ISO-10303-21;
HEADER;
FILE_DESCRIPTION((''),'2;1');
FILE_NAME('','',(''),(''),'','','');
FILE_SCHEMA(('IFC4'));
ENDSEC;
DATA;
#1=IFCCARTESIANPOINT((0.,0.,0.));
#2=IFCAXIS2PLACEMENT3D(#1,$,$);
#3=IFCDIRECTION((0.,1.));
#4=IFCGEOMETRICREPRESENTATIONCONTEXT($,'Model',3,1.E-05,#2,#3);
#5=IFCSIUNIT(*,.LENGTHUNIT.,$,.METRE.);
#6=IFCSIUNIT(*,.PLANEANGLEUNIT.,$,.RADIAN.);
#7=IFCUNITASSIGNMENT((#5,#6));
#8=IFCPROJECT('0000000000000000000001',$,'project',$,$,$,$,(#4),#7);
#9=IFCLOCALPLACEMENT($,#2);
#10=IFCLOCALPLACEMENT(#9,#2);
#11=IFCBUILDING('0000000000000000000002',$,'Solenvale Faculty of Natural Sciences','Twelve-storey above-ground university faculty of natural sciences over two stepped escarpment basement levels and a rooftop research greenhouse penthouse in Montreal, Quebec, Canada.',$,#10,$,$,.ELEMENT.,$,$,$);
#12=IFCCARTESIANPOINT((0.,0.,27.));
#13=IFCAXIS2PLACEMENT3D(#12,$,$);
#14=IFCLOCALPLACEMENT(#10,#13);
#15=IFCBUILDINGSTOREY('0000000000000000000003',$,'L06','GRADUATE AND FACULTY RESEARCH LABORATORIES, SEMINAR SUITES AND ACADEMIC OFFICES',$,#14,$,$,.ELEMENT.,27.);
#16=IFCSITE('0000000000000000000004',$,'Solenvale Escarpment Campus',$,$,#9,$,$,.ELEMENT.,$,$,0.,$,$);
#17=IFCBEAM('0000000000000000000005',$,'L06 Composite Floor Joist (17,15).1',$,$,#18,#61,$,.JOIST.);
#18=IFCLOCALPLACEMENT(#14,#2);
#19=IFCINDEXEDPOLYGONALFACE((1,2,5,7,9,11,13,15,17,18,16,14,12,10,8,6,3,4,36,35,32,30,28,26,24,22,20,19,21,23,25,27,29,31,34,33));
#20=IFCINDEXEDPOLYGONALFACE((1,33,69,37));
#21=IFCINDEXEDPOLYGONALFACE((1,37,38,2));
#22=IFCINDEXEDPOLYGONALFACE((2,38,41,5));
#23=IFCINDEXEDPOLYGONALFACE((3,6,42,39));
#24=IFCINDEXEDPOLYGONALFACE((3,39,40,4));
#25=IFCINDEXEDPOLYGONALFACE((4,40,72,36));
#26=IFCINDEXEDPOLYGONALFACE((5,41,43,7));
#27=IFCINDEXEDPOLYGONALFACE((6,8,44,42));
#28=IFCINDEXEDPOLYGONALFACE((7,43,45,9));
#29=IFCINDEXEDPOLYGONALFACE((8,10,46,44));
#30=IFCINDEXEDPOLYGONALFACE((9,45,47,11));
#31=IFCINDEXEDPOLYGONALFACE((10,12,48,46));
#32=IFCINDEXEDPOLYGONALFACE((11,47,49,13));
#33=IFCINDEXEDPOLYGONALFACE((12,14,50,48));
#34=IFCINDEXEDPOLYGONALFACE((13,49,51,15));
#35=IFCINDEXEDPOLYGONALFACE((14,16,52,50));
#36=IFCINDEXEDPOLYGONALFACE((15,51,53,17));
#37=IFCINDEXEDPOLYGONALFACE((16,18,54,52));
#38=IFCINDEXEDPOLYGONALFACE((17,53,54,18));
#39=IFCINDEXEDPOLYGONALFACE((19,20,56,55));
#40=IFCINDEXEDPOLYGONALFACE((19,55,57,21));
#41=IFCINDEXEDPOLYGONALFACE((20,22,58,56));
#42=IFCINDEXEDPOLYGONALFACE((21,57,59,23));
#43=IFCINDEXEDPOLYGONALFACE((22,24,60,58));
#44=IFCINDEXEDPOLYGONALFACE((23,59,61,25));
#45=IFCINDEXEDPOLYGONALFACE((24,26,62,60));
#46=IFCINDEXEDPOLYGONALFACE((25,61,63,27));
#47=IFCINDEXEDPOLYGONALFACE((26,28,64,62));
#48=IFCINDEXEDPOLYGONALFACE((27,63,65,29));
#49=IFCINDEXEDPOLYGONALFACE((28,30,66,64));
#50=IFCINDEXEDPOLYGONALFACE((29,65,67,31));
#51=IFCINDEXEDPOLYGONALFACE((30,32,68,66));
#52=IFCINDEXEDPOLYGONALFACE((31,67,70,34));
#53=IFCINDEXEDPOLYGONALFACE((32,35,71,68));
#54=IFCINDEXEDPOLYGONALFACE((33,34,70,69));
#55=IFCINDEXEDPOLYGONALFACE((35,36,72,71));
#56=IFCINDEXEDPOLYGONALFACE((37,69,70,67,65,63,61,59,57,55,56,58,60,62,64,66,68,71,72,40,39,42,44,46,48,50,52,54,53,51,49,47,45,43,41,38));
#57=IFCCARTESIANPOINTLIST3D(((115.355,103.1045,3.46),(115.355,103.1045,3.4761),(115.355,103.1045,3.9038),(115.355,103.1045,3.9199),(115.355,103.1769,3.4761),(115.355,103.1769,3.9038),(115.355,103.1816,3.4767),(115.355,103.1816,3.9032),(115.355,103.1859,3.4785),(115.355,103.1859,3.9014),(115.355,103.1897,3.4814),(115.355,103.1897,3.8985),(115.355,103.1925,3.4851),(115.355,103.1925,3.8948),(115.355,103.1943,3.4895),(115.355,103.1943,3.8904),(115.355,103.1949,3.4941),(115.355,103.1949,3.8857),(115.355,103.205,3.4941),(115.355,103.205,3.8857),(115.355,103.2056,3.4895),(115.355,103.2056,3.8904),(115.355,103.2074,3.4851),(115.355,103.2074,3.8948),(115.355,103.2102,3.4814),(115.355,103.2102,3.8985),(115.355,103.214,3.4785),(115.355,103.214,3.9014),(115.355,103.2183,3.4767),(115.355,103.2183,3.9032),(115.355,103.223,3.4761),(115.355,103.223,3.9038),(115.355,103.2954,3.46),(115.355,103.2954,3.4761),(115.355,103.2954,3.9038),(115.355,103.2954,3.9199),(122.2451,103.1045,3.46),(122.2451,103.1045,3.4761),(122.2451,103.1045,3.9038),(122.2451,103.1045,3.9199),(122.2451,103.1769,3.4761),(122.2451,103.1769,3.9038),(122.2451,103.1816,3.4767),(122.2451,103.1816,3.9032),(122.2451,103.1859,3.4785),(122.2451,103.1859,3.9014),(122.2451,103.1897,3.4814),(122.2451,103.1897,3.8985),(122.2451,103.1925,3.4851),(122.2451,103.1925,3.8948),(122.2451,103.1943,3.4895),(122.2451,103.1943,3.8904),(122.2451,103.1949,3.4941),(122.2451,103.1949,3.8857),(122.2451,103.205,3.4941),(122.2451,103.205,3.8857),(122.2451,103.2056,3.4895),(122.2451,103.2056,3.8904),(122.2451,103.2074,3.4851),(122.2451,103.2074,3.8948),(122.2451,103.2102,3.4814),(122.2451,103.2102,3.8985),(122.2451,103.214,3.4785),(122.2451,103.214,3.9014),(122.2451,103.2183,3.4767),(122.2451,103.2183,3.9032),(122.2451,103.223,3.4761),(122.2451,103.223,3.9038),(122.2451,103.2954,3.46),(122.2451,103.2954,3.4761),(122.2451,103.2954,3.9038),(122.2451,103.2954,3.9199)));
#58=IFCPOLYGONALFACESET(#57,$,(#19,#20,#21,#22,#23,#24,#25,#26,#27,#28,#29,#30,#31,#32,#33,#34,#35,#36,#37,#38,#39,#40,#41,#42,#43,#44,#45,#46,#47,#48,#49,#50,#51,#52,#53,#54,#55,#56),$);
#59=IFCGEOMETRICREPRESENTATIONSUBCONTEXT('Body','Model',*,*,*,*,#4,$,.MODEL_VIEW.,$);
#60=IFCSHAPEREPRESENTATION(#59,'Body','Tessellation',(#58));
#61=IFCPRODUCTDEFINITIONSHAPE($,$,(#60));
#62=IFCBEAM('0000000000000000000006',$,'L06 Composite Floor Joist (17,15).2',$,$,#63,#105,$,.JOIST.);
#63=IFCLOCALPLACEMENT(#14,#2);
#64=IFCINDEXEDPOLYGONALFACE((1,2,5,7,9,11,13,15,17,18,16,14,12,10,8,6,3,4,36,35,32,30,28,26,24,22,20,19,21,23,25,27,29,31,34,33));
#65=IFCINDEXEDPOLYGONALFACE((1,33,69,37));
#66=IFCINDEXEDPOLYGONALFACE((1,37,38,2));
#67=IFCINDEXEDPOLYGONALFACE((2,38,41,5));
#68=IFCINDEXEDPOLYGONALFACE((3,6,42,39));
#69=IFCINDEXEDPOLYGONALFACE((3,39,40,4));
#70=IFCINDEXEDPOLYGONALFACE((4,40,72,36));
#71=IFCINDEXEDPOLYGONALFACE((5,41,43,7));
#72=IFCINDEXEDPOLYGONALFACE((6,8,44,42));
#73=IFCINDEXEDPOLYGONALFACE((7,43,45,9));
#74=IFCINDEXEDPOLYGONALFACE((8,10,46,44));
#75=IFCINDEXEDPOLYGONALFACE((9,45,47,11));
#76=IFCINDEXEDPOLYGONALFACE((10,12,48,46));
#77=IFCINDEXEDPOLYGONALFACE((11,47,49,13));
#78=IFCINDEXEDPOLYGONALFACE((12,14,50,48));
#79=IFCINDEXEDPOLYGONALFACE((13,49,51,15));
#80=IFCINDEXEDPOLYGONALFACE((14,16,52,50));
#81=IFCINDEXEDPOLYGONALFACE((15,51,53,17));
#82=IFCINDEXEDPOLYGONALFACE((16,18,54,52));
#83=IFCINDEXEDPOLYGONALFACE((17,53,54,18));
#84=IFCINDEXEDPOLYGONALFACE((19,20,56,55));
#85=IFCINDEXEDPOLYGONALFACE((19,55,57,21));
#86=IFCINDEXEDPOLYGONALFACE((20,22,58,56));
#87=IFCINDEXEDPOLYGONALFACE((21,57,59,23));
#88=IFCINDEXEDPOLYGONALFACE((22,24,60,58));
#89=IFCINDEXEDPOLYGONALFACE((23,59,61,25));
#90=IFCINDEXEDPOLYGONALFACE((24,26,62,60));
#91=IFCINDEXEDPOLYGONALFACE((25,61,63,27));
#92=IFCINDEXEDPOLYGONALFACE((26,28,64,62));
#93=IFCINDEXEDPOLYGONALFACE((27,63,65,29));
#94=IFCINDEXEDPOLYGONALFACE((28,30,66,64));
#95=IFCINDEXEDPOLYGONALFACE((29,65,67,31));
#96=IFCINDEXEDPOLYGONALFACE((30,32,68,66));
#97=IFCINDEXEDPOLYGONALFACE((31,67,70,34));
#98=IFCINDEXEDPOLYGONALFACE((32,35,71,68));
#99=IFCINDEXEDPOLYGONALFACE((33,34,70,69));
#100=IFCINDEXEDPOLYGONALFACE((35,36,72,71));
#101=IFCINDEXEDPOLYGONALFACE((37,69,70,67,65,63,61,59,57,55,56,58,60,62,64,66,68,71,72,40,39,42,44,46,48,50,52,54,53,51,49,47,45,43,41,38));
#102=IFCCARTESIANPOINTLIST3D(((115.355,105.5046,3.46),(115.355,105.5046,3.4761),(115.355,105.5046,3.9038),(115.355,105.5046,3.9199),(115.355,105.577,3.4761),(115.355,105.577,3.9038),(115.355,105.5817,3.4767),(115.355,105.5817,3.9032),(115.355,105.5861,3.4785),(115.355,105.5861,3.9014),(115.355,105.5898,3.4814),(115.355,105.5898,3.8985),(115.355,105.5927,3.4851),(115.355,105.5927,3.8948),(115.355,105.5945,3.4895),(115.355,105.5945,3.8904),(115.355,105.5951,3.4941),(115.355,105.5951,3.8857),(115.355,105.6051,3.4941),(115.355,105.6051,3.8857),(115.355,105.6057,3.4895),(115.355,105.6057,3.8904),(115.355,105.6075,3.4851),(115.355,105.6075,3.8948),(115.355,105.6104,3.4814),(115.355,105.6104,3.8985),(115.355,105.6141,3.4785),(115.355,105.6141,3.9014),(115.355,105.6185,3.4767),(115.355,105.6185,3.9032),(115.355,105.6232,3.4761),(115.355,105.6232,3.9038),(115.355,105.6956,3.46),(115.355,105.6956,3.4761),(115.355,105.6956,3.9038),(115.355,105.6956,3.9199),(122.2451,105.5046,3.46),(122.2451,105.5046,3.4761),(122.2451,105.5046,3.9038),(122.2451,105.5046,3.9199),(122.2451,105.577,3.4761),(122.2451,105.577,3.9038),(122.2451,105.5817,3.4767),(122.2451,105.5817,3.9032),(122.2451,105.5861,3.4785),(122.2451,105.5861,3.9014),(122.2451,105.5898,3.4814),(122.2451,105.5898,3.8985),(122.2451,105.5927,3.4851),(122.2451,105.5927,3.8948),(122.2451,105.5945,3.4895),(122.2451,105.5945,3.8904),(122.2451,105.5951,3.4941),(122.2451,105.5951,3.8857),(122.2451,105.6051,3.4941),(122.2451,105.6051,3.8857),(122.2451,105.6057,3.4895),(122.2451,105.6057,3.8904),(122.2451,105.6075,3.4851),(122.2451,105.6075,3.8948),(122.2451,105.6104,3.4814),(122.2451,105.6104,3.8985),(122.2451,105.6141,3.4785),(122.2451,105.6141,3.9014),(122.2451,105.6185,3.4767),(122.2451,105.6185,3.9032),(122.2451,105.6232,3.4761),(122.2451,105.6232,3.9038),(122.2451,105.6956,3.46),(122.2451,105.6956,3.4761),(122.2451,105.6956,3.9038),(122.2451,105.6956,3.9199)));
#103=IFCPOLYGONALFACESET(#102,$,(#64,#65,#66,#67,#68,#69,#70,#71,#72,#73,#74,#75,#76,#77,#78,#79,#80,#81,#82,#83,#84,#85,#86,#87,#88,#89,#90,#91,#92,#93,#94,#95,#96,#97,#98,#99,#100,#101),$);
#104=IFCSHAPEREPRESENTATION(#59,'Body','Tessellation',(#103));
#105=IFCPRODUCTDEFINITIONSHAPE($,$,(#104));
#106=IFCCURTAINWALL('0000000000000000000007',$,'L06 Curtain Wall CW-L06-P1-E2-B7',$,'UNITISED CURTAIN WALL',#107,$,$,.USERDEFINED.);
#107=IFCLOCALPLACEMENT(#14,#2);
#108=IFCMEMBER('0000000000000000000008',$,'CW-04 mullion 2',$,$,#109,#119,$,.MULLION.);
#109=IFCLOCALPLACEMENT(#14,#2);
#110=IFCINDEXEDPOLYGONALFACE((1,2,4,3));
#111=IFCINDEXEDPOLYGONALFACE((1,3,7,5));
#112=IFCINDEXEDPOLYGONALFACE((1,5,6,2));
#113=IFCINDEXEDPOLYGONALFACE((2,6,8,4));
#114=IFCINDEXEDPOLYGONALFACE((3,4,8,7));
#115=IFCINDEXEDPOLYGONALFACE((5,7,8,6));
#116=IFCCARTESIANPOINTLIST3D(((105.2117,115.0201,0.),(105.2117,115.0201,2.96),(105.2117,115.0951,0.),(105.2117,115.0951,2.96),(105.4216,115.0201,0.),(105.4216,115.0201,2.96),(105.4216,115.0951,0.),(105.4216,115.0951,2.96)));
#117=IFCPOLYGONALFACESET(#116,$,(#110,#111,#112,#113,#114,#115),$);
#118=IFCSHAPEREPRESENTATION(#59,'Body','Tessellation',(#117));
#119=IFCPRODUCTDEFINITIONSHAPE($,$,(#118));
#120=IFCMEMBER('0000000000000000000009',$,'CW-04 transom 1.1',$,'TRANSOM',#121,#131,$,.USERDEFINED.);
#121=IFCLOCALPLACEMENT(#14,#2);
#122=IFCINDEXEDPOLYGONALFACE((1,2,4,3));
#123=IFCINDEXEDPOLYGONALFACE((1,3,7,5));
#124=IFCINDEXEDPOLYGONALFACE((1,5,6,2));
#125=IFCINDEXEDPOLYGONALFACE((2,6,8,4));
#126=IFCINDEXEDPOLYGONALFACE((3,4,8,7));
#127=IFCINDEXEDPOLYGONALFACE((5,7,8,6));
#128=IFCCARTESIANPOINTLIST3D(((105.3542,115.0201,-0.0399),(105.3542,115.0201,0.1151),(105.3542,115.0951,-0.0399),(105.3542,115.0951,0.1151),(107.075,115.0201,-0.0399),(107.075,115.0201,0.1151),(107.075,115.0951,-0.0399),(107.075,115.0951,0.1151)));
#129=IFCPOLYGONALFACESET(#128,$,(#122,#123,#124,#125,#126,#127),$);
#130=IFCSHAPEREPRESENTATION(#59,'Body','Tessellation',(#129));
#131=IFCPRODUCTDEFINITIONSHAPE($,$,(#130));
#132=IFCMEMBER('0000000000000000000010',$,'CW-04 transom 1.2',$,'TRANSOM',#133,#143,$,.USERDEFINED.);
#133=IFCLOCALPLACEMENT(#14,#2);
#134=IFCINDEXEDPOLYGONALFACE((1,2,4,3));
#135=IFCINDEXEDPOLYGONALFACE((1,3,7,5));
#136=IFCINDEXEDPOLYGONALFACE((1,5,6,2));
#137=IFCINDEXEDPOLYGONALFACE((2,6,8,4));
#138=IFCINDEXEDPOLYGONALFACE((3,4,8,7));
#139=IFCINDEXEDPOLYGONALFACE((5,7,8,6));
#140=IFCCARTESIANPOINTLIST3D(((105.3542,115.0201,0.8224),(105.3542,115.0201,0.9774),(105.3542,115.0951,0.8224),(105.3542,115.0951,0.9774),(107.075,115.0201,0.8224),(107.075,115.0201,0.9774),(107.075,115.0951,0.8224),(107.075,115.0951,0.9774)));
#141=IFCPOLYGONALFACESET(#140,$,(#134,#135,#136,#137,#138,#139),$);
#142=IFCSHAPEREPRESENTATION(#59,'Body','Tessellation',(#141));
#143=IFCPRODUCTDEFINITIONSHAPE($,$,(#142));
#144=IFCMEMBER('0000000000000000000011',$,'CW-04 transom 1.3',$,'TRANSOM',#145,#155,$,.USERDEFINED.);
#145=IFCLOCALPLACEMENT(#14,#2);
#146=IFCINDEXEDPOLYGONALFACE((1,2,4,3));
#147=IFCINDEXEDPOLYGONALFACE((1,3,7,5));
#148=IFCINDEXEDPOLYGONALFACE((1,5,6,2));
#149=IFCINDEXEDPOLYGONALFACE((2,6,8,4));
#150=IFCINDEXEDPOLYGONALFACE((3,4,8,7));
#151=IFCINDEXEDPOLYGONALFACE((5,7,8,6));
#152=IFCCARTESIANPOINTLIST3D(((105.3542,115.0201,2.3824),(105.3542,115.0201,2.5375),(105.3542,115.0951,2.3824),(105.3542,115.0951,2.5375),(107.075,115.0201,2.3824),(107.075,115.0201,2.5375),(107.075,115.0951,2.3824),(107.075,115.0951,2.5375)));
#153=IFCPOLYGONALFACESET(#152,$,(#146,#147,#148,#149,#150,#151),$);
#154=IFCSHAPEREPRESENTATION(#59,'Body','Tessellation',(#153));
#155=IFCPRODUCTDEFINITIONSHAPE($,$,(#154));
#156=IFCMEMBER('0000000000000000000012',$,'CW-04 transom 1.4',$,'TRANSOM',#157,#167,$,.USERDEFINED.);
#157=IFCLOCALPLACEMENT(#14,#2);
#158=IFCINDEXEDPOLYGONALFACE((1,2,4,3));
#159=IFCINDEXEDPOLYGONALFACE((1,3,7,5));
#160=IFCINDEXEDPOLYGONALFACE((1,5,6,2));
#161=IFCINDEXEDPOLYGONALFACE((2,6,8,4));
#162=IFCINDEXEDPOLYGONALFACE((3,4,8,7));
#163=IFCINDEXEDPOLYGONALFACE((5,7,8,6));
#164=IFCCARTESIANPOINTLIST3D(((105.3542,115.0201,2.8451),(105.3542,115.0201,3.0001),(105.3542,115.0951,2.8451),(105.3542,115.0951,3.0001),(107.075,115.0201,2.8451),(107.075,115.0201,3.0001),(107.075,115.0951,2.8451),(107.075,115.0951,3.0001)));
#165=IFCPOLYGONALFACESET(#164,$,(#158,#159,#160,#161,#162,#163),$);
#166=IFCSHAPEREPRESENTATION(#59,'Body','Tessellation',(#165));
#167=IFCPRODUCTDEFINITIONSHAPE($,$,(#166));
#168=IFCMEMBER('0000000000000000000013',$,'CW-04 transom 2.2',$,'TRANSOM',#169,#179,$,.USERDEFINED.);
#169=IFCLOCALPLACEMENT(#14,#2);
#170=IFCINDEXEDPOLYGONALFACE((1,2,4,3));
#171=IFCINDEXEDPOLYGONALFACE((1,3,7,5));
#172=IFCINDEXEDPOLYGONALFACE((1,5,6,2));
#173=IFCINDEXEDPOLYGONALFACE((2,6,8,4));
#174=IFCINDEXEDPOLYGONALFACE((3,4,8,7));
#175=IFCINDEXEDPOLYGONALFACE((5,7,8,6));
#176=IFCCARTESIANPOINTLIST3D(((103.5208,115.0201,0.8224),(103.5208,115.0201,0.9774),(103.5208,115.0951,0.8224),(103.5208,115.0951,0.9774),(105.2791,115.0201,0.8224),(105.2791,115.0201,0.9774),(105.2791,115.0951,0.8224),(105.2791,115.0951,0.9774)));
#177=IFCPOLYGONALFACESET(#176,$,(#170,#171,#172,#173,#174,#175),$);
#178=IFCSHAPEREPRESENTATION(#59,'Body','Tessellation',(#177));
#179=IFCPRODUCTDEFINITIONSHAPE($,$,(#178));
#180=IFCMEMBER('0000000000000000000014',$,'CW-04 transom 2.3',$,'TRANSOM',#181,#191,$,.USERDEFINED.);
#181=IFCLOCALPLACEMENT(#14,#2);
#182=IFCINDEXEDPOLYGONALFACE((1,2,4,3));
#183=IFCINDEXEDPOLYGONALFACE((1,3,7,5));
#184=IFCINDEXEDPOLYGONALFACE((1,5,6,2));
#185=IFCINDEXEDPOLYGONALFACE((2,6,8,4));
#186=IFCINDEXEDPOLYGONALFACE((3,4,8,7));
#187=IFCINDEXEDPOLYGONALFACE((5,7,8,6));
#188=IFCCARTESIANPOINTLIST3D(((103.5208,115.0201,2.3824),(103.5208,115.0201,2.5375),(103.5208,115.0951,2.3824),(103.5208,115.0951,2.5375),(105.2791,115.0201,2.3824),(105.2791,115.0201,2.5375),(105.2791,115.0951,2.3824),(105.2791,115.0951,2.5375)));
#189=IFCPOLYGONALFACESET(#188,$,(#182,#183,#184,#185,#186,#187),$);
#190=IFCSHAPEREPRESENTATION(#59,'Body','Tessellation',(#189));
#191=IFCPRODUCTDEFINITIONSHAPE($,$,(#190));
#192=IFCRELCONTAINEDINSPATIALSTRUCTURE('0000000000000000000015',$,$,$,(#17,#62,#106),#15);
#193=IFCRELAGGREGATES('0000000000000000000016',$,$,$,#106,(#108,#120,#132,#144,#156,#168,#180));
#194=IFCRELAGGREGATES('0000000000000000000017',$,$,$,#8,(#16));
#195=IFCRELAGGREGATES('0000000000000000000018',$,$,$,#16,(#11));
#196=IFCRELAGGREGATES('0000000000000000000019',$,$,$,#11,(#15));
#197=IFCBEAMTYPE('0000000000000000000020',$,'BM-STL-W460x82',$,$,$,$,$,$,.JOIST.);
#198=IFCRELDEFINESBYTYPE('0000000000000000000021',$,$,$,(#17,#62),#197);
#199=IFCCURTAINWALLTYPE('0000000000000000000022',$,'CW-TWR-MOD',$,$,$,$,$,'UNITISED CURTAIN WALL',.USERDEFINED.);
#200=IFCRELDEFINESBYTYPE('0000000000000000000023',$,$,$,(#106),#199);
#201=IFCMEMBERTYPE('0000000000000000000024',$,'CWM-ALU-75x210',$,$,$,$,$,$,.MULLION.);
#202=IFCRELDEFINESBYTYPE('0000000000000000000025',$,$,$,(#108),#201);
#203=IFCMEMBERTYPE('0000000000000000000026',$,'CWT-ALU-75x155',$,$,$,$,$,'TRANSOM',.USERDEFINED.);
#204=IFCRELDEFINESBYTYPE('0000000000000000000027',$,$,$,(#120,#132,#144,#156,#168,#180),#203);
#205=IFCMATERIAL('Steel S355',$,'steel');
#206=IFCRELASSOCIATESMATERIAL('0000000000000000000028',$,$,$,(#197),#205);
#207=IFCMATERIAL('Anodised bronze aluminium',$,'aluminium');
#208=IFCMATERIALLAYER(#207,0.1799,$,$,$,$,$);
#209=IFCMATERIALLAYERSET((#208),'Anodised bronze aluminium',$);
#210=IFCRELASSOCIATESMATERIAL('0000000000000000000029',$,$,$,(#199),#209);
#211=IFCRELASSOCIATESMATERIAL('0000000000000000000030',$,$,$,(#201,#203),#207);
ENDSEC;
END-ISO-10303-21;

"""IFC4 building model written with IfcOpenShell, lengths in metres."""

from ifc_helpers import new_model, si_unit, direction, frame, origin, origin_2d, place, context, subcontext, project, spatial, rectangle, i_section, extrude, material, layer, layer_set, material_profile, profile_set, type_object, element, aggregate, save


model = new_model("IFC4")

# Units and contexts
model_context = context("Model", 3, precision=1e-05, world=origin(), true_north=direction((0.0, 1.0)))
body_context = subcontext(model_context, "Body", "Model", "MODEL_VIEW")
ifc_project = project(units=[si_unit("LENGTHUNIT", "METRE"), si_unit("PLANEANGLEUNIT", "RADIAN")], contexts=[model_context])

# Site, building, storey
site_placement = place(None, origin())
site = spatial("IfcSite", under=ifc_project, at=site_placement, Name="Solenvale Escarpment Campus", CompositionType="ELEMENT", RefElevation=0.0)
building_placement = place(site_placement, origin())
building = spatial("IfcBuilding", under=site, at=building_placement, Name="Solenvale Faculty of Natural Sciences", Description="Twelve-storey above-ground university faculty of natural sciences over two stepped escarpment basement levels and a rooftop research greenhouse penthouse in Montreal, Quebec, Canada.", CompositionType="ELEMENT")
storey_placement = place(building_placement, frame((0.0, 0.0, 27.0)))
storey = spatial("IfcBuildingStorey", under=building, at=storey_placement, Name="L06", Description="GRADUATE AND FACULTY RESEARCH LABORATORIES, SEMINAR SUITES AND ACADEMIC OFFICES", CompositionType="ELEMENT", Elevation=27.0)

# Beams
ifc_material_1 = material(Name="Steel S355", Category="steel")
ifc_material_profile_1 = material_profile(ifc_material_1, i_section(OverallWidth=0.1909, OverallDepth=0.46, WebThickness=0.01, FlangeThickness=0.0161, FilletRadius=0.0181, at=origin_2d()), Name="W460x82")
ifc_profile_set_1 = profile_set([ifc_material_profile_1], Name="Steel S355")
beam_type_1 = type_object("IfcBeamType", Name="BM-STL-W460x82", PredefinedType="JOIST", material=ifc_profile_set_1)
for number, where, z_axis, x_axis, name in (
    (1, (115.355, 103.2, 3.6899), (1.0, 0.0, 0.0), (0.0, 1.0, 0.0), "L06 Composite Floor Joist (17,15).1"),
    (2, (115.355, 105.6001, 3.6899), (1.0, 0.0, 0.0), (0.0, 1.0, 0.0), "L06 Composite Floor Joist (17,15).2"),
):
    element("IfcBeam", number, at=place(storey_placement, frame(where, z_axis=z_axis, x_axis=x_axis)), inside=storey, type_object=beam_type_1, Name=name, PredefinedType="JOIST", context=body_context, shape_type="SweptSolid", body=[
        extrude(i_section(OverallWidth=0.1909, OverallDepth=0.46, WebThickness=0.01, FlangeThickness=0.0161, FilletRadius=0.0181, at=origin_2d()), origin(), (0.0, 0.0, 1.0), 6.8901),
    ])

# Curtain wall, members
ifc_material_2 = material(Name="Anodised bronze aluminium", Category="aluminium")
ifc_layer_1 = layer(ifc_material_2, 0.1799)
ifc_layer_set_1 = layer_set([ifc_layer_1], Name="Anodised bronze aluminium")
curtain_wall_type = type_object("IfcCurtainWallType", Name="CW-TWR-MOD", ElementType="UNITISED CURTAIN WALL", PredefinedType="USERDEFINED", material=ifc_layer_set_1)
curtain_wall_placement = place(storey_placement, origin())
curtain_wall = element("IfcCurtainWall", 3, at=curtain_wall_placement, inside=storey, type_object=curtain_wall_type, Name="L06 Curtain Wall CW-L06-P1-E2-B7", ObjectType="UNITISED CURTAIN WALL", PredefinedType="USERDEFINED")
ifc_material_profile_2 = material_profile(ifc_material_2, rectangle(XDim=0.075, YDim=0.21, at=origin_2d()), Name="ALU-MUL-75x210")
ifc_profile_set_2 = profile_set([ifc_material_profile_2], Name="Anodised bronze aluminium")
member_type_1 = type_object("IfcMemberType", Name="CWM-ALU-75x210", PredefinedType="MULLION", material=ifc_profile_set_2)
member_1_placement = place(storey_placement, frame((105.3167, 115.0576, 0.0), z_axis=(0.0, 0.0, 1.0), x_axis=(0.0, -1.0, 0.0)))
member_1 = element("IfcMember", 4, at=member_1_placement, type_object=member_type_1, Name="CW-04 mullion 2", PredefinedType="MULLION", context=body_context, shape_type="SweptSolid", body=[
    extrude(rectangle(XDim=0.075, YDim=0.21, at=origin_2d()), origin(), (0.0, 0.0, 1.0), 2.96),
])
ifc_material_profile_3 = material_profile(ifc_material_2, rectangle(XDim=0.075, YDim=0.155, at=origin_2d()), Name="ALU-TRN-75x155")
ifc_profile_set_3 = profile_set([ifc_material_profile_3], Name="Anodised bronze aluminium")
member_type_2 = type_object("IfcMemberType", Name="CWT-ALU-75x155", ElementType="TRANSOM", PredefinedType="USERDEFINED", material=ifc_profile_set_3)
member_2_placement = place(storey_placement, frame((107.075, 115.0576, 0.0376), z_axis=(-1.0, 0.0, 0.0), x_axis=(0.0, -1.0, 0.0)))
member_2 = element("IfcMember", 5, at=member_2_placement, type_object=member_type_2, Name="CW-04 transom 1.1", ObjectType="TRANSOM", PredefinedType="USERDEFINED", context=body_context, shape_type="SweptSolid", body=[
    extrude(rectangle(XDim=0.075, YDim=0.155, at=origin_2d()), origin(), (0.0, 0.0, 1.0), 1.7207),
])
member_3_placement = place(storey_placement, frame((107.075, 115.0576, 0.8999), z_axis=(-1.0, 0.0, 0.0), x_axis=(0.0, -1.0, 0.0)))
member_3 = element("IfcMember", 6, at=member_3_placement, type_object=member_type_2, Name="CW-04 transom 1.2", ObjectType="TRANSOM", PredefinedType="USERDEFINED", context=body_context, shape_type="SweptSolid", body=[
    extrude(rectangle(XDim=0.075, YDim=0.155, at=origin_2d()), origin(), (0.0, 0.0, 1.0), 1.7207),
])
member_4_placement = place(storey_placement, frame((107.075, 115.0576, 2.46), z_axis=(-1.0, 0.0, 0.0), x_axis=(0.0, -1.0, 0.0)))
member_4 = element("IfcMember", 7, at=member_4_placement, type_object=member_type_2, Name="CW-04 transom 1.3", ObjectType="TRANSOM", PredefinedType="USERDEFINED", context=body_context, shape_type="SweptSolid", body=[
    extrude(rectangle(XDim=0.075, YDim=0.155, at=origin_2d()), origin(), (0.0, 0.0, 1.0), 1.7207),
])
member_5_placement = place(storey_placement, frame((107.075, 115.0576, 2.9226), z_axis=(-1.0, 0.0, 0.0), x_axis=(0.0, -1.0, 0.0)))
member_5 = element("IfcMember", 8, at=member_5_placement, type_object=member_type_2, Name="CW-04 transom 1.4", ObjectType="TRANSOM", PredefinedType="USERDEFINED", context=body_context, shape_type="SweptSolid", body=[
    extrude(rectangle(XDim=0.075, YDim=0.155, at=origin_2d()), origin(), (0.0, 0.0, 1.0), 1.7207),
])
member_6_placement = place(storey_placement, frame((105.2791, 115.0576, 0.8999), z_axis=(-1.0, 0.0, 0.0), x_axis=(0.0, -1.0, 0.0)))
member_6 = element("IfcMember", 9, at=member_6_placement, type_object=member_type_2, Name="CW-04 transom 2.2", ObjectType="TRANSOM", PredefinedType="USERDEFINED", context=body_context, shape_type="SweptSolid", body=[
    extrude(rectangle(XDim=0.075, YDim=0.155, at=origin_2d()), origin(), (0.0, 0.0, 1.0), 1.7583),
])
member_7_placement = place(storey_placement, frame((105.2791, 115.0576, 2.46), z_axis=(-1.0, 0.0, 0.0), x_axis=(0.0, -1.0, 0.0)))
member_7 = element("IfcMember", 10, at=member_7_placement, type_object=member_type_2, Name="CW-04 transom 2.3", ObjectType="TRANSOM", PredefinedType="USERDEFINED", context=body_context, shape_type="SweptSolid", body=[
    extrude(rectangle(XDim=0.075, YDim=0.155, at=origin_2d()), origin(), (0.0, 0.0, 1.0), 1.7583),
])
aggregate(curtain_wall, [member_1, member_2, member_3, member_4, member_5, member_6, member_7])

save(model, "model.ifc")
